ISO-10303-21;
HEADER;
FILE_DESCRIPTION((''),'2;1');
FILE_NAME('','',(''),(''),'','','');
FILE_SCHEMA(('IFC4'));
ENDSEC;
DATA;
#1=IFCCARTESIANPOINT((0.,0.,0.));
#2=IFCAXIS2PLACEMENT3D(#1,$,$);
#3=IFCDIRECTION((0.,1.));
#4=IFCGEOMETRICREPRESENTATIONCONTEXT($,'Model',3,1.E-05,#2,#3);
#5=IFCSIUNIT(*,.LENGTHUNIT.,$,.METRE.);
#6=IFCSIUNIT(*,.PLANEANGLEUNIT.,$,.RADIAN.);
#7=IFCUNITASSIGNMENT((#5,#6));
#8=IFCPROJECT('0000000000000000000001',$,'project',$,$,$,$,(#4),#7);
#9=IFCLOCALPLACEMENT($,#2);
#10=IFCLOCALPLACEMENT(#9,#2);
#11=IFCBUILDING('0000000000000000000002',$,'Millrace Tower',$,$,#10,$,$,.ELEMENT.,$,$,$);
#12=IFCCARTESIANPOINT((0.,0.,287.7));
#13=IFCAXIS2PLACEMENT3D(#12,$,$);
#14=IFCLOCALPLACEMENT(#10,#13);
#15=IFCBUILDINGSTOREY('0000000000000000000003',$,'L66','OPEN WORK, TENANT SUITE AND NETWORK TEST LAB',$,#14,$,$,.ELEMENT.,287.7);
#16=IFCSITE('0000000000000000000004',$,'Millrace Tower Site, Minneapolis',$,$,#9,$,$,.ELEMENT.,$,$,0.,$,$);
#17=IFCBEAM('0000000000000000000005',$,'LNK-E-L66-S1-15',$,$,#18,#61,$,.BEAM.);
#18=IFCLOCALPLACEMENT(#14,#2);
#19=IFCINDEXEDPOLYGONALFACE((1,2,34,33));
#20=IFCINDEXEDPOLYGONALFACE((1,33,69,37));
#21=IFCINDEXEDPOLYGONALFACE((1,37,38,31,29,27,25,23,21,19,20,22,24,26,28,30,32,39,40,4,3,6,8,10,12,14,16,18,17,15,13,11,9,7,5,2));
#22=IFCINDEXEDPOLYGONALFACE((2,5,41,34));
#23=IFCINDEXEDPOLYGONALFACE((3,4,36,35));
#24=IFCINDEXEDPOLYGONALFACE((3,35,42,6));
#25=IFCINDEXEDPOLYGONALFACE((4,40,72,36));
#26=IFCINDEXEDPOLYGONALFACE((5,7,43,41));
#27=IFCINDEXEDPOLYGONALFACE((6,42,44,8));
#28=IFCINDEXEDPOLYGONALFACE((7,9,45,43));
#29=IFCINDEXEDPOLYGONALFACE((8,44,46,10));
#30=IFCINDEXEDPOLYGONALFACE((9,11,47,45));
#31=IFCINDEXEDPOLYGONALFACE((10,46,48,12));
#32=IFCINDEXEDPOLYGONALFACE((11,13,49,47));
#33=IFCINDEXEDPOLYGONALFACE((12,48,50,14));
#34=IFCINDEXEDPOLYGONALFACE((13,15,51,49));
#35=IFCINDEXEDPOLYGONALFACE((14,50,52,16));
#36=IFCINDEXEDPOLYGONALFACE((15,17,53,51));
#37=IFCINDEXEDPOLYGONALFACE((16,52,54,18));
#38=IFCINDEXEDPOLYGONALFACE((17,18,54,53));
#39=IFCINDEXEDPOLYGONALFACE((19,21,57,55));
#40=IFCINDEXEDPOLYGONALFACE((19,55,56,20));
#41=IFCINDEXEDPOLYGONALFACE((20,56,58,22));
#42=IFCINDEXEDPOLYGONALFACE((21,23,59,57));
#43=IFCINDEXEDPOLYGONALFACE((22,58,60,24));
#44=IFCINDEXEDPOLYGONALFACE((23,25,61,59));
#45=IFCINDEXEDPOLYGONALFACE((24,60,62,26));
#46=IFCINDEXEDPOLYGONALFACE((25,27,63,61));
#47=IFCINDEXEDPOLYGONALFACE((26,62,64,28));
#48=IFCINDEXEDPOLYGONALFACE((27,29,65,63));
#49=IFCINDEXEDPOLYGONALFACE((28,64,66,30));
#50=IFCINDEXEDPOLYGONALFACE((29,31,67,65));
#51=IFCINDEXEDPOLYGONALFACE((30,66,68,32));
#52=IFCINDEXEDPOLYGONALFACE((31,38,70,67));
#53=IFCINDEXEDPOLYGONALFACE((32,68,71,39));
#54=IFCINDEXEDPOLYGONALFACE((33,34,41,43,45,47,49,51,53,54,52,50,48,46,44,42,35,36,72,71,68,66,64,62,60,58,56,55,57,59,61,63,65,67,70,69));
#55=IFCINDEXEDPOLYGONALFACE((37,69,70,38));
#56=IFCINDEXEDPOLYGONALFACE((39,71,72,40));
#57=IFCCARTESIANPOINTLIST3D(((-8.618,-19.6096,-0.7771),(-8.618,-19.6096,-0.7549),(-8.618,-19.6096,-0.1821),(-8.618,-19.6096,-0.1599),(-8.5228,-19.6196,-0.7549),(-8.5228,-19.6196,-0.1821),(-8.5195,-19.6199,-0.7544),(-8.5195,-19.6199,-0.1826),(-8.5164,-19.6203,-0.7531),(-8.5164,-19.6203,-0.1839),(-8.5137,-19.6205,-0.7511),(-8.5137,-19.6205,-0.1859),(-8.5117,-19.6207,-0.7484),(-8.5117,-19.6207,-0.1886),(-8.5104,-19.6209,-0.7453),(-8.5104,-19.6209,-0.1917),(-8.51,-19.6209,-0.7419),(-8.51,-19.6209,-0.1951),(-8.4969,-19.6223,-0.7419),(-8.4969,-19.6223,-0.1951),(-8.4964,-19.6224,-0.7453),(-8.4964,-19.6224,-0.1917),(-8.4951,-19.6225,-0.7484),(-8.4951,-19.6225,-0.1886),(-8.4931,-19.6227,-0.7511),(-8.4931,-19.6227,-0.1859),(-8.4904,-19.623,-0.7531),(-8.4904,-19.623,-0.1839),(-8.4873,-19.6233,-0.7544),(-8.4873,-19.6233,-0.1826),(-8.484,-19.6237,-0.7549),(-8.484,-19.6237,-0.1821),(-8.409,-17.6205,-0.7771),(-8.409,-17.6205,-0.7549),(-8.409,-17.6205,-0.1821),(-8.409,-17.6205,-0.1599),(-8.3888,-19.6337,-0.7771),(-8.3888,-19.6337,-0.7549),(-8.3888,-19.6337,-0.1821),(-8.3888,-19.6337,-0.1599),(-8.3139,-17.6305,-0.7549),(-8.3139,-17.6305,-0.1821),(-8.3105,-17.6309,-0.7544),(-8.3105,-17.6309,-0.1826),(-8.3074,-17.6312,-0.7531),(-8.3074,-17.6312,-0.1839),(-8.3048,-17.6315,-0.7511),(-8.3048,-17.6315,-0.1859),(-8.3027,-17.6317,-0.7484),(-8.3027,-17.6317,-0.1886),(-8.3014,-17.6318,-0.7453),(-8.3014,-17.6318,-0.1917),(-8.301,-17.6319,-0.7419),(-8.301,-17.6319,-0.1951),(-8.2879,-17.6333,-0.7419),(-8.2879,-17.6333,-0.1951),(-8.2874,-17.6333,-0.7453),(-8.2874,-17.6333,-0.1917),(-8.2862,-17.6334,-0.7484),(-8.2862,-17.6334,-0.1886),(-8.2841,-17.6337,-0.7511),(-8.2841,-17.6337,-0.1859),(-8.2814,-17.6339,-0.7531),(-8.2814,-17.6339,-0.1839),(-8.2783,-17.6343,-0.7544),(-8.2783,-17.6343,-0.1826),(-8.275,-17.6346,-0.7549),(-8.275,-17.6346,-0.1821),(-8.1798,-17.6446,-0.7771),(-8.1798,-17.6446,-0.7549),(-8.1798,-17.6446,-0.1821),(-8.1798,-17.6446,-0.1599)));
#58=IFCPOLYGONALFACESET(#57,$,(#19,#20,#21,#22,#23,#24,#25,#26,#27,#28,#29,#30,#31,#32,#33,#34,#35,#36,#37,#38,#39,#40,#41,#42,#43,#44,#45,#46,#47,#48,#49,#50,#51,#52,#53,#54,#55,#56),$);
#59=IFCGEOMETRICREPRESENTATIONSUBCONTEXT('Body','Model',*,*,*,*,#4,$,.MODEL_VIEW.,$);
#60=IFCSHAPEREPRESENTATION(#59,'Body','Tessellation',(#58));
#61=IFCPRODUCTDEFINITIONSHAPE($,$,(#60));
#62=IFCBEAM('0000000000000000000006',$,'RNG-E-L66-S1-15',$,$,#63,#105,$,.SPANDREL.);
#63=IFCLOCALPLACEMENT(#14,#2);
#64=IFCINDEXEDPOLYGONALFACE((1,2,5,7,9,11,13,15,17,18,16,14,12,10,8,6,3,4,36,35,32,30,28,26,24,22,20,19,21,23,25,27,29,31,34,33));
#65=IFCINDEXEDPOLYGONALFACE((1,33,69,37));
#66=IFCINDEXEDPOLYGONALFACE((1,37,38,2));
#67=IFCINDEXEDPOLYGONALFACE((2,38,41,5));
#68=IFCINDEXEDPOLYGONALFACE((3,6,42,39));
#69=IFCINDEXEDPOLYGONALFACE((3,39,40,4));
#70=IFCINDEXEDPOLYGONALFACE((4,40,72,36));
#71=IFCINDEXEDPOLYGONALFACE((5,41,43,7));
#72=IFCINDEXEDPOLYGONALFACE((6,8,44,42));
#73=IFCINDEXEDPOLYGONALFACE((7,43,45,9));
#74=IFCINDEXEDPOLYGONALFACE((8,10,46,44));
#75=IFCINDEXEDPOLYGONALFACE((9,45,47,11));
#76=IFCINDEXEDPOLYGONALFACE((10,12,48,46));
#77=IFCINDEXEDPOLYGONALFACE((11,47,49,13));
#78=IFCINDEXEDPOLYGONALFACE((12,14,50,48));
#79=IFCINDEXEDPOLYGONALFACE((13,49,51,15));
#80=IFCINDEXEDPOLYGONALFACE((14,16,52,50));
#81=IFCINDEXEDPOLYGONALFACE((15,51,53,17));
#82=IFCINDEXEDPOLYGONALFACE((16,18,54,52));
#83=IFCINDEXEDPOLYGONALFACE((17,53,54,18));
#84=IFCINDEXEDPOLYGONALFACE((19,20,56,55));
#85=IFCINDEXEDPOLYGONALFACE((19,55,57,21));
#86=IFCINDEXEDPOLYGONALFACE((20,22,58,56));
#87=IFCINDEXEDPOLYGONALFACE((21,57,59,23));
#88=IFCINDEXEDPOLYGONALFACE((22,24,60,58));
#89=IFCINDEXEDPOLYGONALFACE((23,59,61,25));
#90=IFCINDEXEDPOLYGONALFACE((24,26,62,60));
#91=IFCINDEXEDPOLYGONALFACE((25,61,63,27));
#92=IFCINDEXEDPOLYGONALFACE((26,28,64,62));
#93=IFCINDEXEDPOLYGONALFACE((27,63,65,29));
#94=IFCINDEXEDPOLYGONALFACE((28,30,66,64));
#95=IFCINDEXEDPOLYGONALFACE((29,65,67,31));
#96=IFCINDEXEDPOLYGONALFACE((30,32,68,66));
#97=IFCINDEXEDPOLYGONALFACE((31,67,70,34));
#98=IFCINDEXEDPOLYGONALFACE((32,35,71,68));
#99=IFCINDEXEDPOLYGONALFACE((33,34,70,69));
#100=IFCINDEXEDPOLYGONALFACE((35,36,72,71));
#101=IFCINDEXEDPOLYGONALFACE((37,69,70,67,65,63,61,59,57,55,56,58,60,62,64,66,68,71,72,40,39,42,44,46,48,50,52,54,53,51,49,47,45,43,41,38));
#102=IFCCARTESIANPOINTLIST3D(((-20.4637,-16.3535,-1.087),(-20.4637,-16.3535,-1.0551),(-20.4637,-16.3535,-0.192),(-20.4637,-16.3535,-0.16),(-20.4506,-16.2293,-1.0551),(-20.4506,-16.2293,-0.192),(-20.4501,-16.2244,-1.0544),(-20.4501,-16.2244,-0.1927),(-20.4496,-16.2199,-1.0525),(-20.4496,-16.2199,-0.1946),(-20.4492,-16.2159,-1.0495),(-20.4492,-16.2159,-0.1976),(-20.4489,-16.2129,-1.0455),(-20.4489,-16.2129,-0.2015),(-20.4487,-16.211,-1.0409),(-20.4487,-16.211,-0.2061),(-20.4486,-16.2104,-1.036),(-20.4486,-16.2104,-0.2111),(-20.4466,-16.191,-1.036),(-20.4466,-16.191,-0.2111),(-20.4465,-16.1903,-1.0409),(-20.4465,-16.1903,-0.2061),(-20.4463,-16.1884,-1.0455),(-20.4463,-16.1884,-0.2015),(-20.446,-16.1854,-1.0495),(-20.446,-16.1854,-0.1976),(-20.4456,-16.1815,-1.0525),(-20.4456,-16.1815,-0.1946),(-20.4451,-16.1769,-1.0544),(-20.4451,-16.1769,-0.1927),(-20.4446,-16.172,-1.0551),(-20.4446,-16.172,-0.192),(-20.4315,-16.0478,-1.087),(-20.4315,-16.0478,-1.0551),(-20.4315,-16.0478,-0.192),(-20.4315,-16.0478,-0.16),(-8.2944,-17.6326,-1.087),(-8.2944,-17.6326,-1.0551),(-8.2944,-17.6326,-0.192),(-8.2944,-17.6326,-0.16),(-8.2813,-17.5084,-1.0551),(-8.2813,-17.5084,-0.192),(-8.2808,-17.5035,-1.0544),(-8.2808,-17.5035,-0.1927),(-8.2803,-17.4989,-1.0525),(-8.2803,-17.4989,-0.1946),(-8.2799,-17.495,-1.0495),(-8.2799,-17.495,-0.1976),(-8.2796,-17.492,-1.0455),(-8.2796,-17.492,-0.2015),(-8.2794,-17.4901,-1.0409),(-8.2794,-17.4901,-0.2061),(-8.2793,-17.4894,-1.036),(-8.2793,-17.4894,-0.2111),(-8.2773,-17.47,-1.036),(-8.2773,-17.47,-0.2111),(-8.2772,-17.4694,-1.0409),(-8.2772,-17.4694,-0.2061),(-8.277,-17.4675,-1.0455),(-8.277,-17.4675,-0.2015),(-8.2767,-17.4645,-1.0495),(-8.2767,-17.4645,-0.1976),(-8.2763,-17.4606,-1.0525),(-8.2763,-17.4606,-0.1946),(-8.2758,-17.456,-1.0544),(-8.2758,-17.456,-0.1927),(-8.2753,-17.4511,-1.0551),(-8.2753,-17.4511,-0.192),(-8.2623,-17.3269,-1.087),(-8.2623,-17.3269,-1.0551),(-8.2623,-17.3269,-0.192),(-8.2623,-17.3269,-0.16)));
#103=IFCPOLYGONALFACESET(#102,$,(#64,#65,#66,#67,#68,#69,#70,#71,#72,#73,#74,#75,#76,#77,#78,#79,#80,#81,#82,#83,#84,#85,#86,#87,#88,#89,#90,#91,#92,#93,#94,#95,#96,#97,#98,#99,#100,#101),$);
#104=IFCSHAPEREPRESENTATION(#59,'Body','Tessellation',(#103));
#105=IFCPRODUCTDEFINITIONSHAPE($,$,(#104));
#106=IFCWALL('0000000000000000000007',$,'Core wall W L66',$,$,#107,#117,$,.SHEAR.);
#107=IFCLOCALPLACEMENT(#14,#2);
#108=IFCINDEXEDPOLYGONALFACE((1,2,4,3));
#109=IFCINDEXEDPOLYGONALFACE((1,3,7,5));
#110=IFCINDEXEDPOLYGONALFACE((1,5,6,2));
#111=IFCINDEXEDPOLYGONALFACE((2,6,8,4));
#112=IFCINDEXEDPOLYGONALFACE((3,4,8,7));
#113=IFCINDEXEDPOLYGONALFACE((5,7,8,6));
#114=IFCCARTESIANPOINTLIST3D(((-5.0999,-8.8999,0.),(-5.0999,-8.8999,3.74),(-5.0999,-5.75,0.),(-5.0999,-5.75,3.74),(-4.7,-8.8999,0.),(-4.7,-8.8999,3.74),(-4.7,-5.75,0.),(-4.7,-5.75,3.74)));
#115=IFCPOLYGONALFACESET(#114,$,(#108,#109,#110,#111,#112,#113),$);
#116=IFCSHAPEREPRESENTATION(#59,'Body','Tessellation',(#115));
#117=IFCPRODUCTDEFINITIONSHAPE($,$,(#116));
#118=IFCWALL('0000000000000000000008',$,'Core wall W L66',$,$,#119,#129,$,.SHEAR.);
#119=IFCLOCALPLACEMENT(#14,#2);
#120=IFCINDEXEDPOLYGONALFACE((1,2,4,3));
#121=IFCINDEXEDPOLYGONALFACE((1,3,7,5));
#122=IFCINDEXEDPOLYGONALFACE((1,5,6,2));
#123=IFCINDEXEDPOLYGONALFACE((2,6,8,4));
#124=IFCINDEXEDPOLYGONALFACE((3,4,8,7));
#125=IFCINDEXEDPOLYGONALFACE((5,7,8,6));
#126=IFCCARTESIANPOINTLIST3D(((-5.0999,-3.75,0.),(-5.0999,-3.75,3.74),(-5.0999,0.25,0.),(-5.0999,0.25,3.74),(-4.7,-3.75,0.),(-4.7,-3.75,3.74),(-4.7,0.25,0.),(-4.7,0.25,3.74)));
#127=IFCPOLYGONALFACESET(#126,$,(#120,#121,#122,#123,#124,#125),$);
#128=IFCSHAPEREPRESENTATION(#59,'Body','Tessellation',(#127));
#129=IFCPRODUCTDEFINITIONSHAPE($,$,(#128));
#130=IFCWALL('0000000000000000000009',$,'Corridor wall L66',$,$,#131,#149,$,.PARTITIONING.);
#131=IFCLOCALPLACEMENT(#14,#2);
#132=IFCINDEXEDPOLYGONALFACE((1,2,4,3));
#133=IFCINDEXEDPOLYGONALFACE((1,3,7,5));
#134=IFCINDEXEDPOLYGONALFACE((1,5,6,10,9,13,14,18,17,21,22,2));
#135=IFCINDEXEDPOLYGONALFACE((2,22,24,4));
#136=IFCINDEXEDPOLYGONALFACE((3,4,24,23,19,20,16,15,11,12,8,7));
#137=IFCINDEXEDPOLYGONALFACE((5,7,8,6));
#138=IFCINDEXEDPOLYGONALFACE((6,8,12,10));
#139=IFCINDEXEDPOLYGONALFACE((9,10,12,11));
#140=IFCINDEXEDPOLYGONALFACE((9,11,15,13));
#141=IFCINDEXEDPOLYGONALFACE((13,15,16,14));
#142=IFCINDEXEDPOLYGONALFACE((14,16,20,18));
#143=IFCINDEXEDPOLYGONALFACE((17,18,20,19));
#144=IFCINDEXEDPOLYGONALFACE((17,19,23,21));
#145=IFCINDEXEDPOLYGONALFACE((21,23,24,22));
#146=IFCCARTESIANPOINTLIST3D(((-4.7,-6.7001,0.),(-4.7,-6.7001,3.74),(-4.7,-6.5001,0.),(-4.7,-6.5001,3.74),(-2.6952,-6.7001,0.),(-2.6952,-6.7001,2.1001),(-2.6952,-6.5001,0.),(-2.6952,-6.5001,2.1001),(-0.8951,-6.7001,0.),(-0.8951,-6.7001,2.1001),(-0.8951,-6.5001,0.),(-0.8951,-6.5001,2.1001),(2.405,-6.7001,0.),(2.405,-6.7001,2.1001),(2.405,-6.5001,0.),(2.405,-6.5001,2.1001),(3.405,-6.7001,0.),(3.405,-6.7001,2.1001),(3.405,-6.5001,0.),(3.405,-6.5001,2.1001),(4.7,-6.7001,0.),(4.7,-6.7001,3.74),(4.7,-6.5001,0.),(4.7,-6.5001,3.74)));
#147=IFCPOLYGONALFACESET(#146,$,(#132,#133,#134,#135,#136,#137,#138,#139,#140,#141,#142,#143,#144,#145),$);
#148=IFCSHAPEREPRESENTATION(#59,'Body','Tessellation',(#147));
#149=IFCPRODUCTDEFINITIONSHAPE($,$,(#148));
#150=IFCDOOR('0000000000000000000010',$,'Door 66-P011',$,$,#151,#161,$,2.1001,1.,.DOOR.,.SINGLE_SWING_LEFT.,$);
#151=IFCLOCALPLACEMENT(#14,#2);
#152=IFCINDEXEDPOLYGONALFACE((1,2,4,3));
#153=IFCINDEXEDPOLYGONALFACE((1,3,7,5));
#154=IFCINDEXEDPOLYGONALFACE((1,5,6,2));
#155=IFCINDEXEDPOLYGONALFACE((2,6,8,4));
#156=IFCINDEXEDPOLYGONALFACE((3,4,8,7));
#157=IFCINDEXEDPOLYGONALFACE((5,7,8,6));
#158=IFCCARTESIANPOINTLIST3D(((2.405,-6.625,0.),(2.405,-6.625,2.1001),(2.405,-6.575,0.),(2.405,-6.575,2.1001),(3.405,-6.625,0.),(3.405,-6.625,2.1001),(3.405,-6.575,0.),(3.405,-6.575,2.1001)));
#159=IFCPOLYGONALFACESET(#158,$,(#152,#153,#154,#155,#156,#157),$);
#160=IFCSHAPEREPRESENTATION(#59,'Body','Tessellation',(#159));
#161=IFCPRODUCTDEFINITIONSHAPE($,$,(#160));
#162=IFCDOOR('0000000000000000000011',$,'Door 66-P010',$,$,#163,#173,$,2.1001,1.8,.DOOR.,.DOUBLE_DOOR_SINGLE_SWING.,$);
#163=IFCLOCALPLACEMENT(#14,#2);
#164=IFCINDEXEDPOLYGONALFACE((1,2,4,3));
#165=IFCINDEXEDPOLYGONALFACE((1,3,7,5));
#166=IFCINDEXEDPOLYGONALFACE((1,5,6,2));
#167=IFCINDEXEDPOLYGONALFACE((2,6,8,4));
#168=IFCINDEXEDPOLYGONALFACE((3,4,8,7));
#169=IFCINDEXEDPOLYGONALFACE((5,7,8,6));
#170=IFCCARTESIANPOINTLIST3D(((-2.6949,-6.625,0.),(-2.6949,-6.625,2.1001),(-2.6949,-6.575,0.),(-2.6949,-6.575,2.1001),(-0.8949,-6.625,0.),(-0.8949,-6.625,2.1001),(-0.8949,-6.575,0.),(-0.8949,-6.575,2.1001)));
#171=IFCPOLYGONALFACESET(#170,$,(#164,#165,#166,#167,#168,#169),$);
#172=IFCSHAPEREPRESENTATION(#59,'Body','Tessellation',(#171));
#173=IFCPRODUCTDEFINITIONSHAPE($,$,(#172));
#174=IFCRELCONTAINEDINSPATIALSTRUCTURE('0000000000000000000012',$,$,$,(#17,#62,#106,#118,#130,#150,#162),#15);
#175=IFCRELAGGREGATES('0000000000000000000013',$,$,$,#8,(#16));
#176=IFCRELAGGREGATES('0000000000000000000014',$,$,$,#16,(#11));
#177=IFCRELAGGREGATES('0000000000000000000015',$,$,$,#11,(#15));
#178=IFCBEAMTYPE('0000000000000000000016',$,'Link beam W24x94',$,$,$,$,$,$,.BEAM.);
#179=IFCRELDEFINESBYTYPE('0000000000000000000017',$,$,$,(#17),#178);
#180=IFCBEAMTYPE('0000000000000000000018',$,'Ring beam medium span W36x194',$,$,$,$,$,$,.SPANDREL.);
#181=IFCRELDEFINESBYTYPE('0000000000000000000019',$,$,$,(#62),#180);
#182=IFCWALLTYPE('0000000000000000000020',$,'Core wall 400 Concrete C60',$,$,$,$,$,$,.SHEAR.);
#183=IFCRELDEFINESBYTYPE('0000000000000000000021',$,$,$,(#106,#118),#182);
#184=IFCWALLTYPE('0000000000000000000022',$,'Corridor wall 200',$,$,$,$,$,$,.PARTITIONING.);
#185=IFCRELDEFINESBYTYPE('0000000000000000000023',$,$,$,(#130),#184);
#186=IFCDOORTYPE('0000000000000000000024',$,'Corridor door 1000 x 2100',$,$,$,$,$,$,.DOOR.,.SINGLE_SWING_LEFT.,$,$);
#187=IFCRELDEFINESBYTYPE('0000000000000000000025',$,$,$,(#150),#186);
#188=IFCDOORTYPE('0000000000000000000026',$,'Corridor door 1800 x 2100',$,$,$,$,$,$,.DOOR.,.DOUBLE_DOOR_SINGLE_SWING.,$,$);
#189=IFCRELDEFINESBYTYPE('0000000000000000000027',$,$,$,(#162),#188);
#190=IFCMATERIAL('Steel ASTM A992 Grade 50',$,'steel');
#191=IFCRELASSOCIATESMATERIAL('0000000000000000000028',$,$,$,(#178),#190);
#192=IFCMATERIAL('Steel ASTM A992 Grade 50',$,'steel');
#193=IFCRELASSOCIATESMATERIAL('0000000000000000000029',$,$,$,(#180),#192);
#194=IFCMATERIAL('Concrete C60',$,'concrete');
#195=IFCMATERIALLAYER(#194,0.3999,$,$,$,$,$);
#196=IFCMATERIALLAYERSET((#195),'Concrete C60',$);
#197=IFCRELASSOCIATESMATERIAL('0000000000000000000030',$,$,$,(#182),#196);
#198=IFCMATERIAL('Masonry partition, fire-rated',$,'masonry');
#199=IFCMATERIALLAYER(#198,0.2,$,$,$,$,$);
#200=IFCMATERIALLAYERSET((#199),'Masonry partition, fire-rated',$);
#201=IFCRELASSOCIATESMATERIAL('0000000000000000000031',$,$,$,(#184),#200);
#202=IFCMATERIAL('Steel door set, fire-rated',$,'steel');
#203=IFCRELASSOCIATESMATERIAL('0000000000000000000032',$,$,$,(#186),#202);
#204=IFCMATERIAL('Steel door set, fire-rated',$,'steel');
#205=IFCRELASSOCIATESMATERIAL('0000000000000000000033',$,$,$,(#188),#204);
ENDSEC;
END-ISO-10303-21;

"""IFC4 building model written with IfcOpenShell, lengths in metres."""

from ifc_helpers import new_model, si_unit, direction, frame, frame_2d, origin, origin_2d, place, context, subcontext, project, spatial, rectangle, i_section, extrude, material, layer, layer_set, material_profile, profile_set, type_object, element, fill, save


model = new_model("IFC4")

# Units and contexts
model_context = context("Model", 3, precision=1e-05, world=origin(), true_north=direction((0.0, 1.0)))
body_context = subcontext(model_context, "Body", "Model", "MODEL_VIEW")
ifc_project = project(units=[si_unit("LENGTHUNIT", "METRE"), si_unit("PLANEANGLEUNIT", "RADIAN")], contexts=[model_context])

# Site, building, storey
site_placement = place(None, origin())
site = spatial("IfcSite", under=ifc_project, at=site_placement, Name="Millrace Tower Site, Minneapolis", CompositionType="ELEMENT", RefElevation=0.0)
building_placement = place(site_placement, origin())
building = spatial("IfcBuilding", under=site, at=building_placement, Name="Millrace Tower", CompositionType="ELEMENT")
storey_placement = place(building_placement, frame((0.0, 0.0, 287.7)))
storey = spatial("IfcBuildingStorey", under=building, at=storey_placement, Name="L66", Description="OPEN WORK, TENANT SUITE AND NETWORK TEST LAB", CompositionType="ELEMENT", Elevation=287.7)

# Beams
ifc_material_1 = material(Name="Steel ASTM A992 Grade 50", Category="steel")
ifc_material_profile_1 = material_profile(ifc_material_1, i_section(OverallWidth=0.2305, OverallDepth=0.6172, WebThickness=0.0132, FlangeThickness=0.0222, FilletRadius=0.0129, at=origin_2d()))
ifc_profile_set_1 = profile_set([ifc_material_profile_1], Name="Steel ASTM A992 Grade 50")
beam_type_1 = type_object("IfcBeamType", Name="Link beam W24x94", PredefinedType="BEAM", material=ifc_profile_set_1)
beam_1_placement = place(storey_placement, frame((-8.2944, -17.6326, -0.4685), z_axis=(-0.104494, -0.994526, 0.0), x_axis=(0.994526, -0.104494, 0.0)))
element("IfcBeam", 1, at=beam_1_placement, inside=storey, type_object=beam_type_1, Name="LNK-E-L66-S1-15", PredefinedType="BEAM", context=body_context, shape_type="SweptSolid", body=[
    extrude(i_section(OverallWidth=0.2305, OverallDepth=0.6172, WebThickness=0.0132, FlangeThickness=0.0222, FilletRadius=0.0129, at=origin_2d()), origin(), (0.0, 0.0, 1.0), 2.0),
])
ifc_material_2 = material(Name="Steel ASTM A992 Grade 50", Category="steel")
ifc_material_profile_2 = material_profile(ifc_material_2, i_section(OverallWidth=0.3074, OverallDepth=0.927, WebThickness=0.0195, FlangeThickness=0.032, FilletRadius=0.019, at=origin_2d()))
ifc_profile_set_2 = profile_set([ifc_material_profile_2], Name="Steel ASTM A992 Grade 50")
beam_type_2 = type_object("IfcBeamType", Name="Ring beam medium span W36x194", PredefinedType="SPANDREL", material=ifc_profile_set_2)
beam_2_placement = place(storey_placement, frame((-8.2783, -17.4797, -0.6235), z_axis=(-0.994522, 0.10453, 0.0), x_axis=(-0.10453, -0.994522, 0.0)))
element("IfcBeam", 2, at=beam_2_placement, inside=storey, type_object=beam_type_2, Name="RNG-E-L66-S1-15", PredefinedType="SPANDREL", context=body_context, shape_type="SweptSolid", body=[
    extrude(i_section(OverallWidth=0.3074, OverallDepth=0.927, WebThickness=0.0195, FlangeThickness=0.032, FilletRadius=0.019, at=origin_2d()), origin(), (0.0, 0.0, 1.0), 12.2363),
])

# Walls
ifc_material_3 = material(Name="Concrete C60", Category="concrete")
ifc_layer_1 = layer(ifc_material_3, 0.3999)
ifc_layer_set_1 = layer_set([ifc_layer_1], Name="Concrete C60")
wall_type_1 = type_object("IfcWallType", Name="Core wall 400 Concrete C60", PredefinedType="SHEAR", material=ifc_layer_set_1)
wall_1_placement = place(storey_placement, frame((-4.8999, -8.8999, 0.0), z_axis=(0.0, 0.0, 1.0), x_axis=(0.0, 1.0, 0.0)))
element("IfcWall", 3, at=wall_1_placement, inside=storey, type_object=wall_type_1, Name="Core wall W L66", PredefinedType="SHEAR", context=body_context, shape_type="SweptSolid", body=[
    extrude(rectangle(XDim=3.1499, YDim=0.3999, at=frame_2d((1.575, 0.0))), origin(), (0.0, 0.0, 1.0), 3.74),
])
wall_2_placement = place(storey_placement, frame((-4.8999, -3.75, 0.0), z_axis=(0.0, 0.0, 1.0), x_axis=(0.0, 1.0, 0.0)))
element("IfcWall", 4, at=wall_2_placement, inside=storey, type_object=wall_type_1, Name="Core wall W L66", PredefinedType="SHEAR", context=body_context, shape_type="SweptSolid", body=[
    extrude(rectangle(XDim=4.0, YDim=0.3999, at=frame_2d((2.0, 0.0))), origin(), (0.0, 0.0, 1.0), 3.74),
])

# Wall, openings, doors
ifc_material_4 = material(Name="Masonry partition, fire-rated", Category="masonry")
ifc_layer_2 = layer(ifc_material_4, 0.2)
ifc_layer_set_2 = layer_set([ifc_layer_2], Name="Masonry partition, fire-rated")
wall_type_2 = type_object("IfcWallType", Name="Corridor wall 200", PredefinedType="PARTITIONING", material=ifc_layer_set_2)
wall_3_placement = place(storey_placement, frame((-4.7, -6.6001, 0.0), z_axis=(0.0, 0.0, 1.0), x_axis=(1.0, 0.0, 0.0)))
wall_3 = element("IfcWall", 5, at=wall_3_placement, inside=storey, type_object=wall_type_2, Name="Corridor wall L66", PredefinedType="PARTITIONING", context=body_context, shape_type="SweptSolid", body=[
    extrude(rectangle(XDim=9.3999, YDim=0.2, at=frame_2d((4.7, 0.0))), origin(), (0.0, 0.0, 1.0), 3.74),
])
opening_1_placement = place(wall_3_placement, frame((2.0049, 0.0, 0.0)))
opening_1 = element("IfcOpeningElement", 6, at=opening_1_placement, cuts=wall_3, PredefinedType="OPENING", context=body_context, shape_type="SweptSolid", body=[
    extrude(rectangle(XDim=1.8, YDim=2.1001, at=frame_2d((0.8999, 1.05))), frame((0.0, 0.1099, 0.0), z_axis=(0.0, -1.0, 0.0), x_axis=(1.0, 0.0, 0.0)), (0.0, 0.0, 1.0), 0.22),
])
opening_2_placement = place(wall_3_placement, frame((7.105, 0.0, 0.0)))
opening_2 = element("IfcOpeningElement", 7, at=opening_2_placement, cuts=wall_3, PredefinedType="OPENING", context=body_context, shape_type="SweptSolid", body=[
    extrude(rectangle(XDim=1.0, YDim=2.1001, at=frame_2d((0.5, 1.05))), frame((0.0, 0.1099, 0.0), z_axis=(0.0, -1.0, 0.0), x_axis=(1.0, 0.0, 0.0)), (0.0, 0.0, 1.0), 0.22),
])
ifc_material_5 = material(Name="Steel door set, fire-rated", Category="steel")
door_type_1 = type_object("IfcDoorType", Name="Corridor door 1000 x 2100", OperationType="SINGLE_SWING_LEFT", PredefinedType="DOOR", material=ifc_material_5)
door_1_placement = place(opening_2_placement, frame((1.0, 0.0, 0.0), z_axis=(0.0, 0.0, 1.0), x_axis=(-1.0, 0.0, 0.0)))
door_1 = element("IfcDoor", 8, at=door_1_placement, inside=storey, type_object=door_type_1, Name="Door 66-P011", OperationType="SINGLE_SWING_LEFT", OverallHeight=2.1001, OverallWidth=1.0, PredefinedType="DOOR", context=body_context, shape_type="SweptSolid", body=[
    extrude(rectangle(XDim=1.0, YDim=2.1001, at=frame_2d((0.5, 1.05))), frame((0.0, 0.0249, 0.0), z_axis=(0.0, -1.0, 0.0), x_axis=(1.0, 0.0, 0.0)), (0.0, 0.0, 1.0), 0.05),
])
fill(opening_2, door_1)
ifc_material_6 = material(Name="Steel door set, fire-rated", Category="steel")
door_type_2 = type_object("IfcDoorType", Name="Corridor door 1800 x 2100", OperationType="DOUBLE_DOOR_SINGLE_SWING", PredefinedType="DOOR", material=ifc_material_6)
door_2_placement = place(opening_1_placement, frame((1.8, 0.0, 0.0), z_axis=(0.0, 0.0, 1.0), x_axis=(-1.0, 0.0, 0.0)))
door_2 = element("IfcDoor", 9, at=door_2_placement, inside=storey, type_object=door_type_2, Name="Door 66-P010", OperationType="DOUBLE_DOOR_SINGLE_SWING", OverallHeight=2.1001, OverallWidth=1.8, PredefinedType="DOOR", context=body_context, shape_type="SweptSolid", body=[
    extrude(rectangle(XDim=1.8, YDim=2.1001, at=frame_2d((0.8999, 1.05))), frame((0.0, 0.0249, 0.0), z_axis=(0.0, -1.0, 0.0), x_axis=(1.0, 0.0, 0.0)), (0.0, 0.0, 1.0), 0.05),
])
fill(opening_1, door_2)

save(model, "model.ifc")
